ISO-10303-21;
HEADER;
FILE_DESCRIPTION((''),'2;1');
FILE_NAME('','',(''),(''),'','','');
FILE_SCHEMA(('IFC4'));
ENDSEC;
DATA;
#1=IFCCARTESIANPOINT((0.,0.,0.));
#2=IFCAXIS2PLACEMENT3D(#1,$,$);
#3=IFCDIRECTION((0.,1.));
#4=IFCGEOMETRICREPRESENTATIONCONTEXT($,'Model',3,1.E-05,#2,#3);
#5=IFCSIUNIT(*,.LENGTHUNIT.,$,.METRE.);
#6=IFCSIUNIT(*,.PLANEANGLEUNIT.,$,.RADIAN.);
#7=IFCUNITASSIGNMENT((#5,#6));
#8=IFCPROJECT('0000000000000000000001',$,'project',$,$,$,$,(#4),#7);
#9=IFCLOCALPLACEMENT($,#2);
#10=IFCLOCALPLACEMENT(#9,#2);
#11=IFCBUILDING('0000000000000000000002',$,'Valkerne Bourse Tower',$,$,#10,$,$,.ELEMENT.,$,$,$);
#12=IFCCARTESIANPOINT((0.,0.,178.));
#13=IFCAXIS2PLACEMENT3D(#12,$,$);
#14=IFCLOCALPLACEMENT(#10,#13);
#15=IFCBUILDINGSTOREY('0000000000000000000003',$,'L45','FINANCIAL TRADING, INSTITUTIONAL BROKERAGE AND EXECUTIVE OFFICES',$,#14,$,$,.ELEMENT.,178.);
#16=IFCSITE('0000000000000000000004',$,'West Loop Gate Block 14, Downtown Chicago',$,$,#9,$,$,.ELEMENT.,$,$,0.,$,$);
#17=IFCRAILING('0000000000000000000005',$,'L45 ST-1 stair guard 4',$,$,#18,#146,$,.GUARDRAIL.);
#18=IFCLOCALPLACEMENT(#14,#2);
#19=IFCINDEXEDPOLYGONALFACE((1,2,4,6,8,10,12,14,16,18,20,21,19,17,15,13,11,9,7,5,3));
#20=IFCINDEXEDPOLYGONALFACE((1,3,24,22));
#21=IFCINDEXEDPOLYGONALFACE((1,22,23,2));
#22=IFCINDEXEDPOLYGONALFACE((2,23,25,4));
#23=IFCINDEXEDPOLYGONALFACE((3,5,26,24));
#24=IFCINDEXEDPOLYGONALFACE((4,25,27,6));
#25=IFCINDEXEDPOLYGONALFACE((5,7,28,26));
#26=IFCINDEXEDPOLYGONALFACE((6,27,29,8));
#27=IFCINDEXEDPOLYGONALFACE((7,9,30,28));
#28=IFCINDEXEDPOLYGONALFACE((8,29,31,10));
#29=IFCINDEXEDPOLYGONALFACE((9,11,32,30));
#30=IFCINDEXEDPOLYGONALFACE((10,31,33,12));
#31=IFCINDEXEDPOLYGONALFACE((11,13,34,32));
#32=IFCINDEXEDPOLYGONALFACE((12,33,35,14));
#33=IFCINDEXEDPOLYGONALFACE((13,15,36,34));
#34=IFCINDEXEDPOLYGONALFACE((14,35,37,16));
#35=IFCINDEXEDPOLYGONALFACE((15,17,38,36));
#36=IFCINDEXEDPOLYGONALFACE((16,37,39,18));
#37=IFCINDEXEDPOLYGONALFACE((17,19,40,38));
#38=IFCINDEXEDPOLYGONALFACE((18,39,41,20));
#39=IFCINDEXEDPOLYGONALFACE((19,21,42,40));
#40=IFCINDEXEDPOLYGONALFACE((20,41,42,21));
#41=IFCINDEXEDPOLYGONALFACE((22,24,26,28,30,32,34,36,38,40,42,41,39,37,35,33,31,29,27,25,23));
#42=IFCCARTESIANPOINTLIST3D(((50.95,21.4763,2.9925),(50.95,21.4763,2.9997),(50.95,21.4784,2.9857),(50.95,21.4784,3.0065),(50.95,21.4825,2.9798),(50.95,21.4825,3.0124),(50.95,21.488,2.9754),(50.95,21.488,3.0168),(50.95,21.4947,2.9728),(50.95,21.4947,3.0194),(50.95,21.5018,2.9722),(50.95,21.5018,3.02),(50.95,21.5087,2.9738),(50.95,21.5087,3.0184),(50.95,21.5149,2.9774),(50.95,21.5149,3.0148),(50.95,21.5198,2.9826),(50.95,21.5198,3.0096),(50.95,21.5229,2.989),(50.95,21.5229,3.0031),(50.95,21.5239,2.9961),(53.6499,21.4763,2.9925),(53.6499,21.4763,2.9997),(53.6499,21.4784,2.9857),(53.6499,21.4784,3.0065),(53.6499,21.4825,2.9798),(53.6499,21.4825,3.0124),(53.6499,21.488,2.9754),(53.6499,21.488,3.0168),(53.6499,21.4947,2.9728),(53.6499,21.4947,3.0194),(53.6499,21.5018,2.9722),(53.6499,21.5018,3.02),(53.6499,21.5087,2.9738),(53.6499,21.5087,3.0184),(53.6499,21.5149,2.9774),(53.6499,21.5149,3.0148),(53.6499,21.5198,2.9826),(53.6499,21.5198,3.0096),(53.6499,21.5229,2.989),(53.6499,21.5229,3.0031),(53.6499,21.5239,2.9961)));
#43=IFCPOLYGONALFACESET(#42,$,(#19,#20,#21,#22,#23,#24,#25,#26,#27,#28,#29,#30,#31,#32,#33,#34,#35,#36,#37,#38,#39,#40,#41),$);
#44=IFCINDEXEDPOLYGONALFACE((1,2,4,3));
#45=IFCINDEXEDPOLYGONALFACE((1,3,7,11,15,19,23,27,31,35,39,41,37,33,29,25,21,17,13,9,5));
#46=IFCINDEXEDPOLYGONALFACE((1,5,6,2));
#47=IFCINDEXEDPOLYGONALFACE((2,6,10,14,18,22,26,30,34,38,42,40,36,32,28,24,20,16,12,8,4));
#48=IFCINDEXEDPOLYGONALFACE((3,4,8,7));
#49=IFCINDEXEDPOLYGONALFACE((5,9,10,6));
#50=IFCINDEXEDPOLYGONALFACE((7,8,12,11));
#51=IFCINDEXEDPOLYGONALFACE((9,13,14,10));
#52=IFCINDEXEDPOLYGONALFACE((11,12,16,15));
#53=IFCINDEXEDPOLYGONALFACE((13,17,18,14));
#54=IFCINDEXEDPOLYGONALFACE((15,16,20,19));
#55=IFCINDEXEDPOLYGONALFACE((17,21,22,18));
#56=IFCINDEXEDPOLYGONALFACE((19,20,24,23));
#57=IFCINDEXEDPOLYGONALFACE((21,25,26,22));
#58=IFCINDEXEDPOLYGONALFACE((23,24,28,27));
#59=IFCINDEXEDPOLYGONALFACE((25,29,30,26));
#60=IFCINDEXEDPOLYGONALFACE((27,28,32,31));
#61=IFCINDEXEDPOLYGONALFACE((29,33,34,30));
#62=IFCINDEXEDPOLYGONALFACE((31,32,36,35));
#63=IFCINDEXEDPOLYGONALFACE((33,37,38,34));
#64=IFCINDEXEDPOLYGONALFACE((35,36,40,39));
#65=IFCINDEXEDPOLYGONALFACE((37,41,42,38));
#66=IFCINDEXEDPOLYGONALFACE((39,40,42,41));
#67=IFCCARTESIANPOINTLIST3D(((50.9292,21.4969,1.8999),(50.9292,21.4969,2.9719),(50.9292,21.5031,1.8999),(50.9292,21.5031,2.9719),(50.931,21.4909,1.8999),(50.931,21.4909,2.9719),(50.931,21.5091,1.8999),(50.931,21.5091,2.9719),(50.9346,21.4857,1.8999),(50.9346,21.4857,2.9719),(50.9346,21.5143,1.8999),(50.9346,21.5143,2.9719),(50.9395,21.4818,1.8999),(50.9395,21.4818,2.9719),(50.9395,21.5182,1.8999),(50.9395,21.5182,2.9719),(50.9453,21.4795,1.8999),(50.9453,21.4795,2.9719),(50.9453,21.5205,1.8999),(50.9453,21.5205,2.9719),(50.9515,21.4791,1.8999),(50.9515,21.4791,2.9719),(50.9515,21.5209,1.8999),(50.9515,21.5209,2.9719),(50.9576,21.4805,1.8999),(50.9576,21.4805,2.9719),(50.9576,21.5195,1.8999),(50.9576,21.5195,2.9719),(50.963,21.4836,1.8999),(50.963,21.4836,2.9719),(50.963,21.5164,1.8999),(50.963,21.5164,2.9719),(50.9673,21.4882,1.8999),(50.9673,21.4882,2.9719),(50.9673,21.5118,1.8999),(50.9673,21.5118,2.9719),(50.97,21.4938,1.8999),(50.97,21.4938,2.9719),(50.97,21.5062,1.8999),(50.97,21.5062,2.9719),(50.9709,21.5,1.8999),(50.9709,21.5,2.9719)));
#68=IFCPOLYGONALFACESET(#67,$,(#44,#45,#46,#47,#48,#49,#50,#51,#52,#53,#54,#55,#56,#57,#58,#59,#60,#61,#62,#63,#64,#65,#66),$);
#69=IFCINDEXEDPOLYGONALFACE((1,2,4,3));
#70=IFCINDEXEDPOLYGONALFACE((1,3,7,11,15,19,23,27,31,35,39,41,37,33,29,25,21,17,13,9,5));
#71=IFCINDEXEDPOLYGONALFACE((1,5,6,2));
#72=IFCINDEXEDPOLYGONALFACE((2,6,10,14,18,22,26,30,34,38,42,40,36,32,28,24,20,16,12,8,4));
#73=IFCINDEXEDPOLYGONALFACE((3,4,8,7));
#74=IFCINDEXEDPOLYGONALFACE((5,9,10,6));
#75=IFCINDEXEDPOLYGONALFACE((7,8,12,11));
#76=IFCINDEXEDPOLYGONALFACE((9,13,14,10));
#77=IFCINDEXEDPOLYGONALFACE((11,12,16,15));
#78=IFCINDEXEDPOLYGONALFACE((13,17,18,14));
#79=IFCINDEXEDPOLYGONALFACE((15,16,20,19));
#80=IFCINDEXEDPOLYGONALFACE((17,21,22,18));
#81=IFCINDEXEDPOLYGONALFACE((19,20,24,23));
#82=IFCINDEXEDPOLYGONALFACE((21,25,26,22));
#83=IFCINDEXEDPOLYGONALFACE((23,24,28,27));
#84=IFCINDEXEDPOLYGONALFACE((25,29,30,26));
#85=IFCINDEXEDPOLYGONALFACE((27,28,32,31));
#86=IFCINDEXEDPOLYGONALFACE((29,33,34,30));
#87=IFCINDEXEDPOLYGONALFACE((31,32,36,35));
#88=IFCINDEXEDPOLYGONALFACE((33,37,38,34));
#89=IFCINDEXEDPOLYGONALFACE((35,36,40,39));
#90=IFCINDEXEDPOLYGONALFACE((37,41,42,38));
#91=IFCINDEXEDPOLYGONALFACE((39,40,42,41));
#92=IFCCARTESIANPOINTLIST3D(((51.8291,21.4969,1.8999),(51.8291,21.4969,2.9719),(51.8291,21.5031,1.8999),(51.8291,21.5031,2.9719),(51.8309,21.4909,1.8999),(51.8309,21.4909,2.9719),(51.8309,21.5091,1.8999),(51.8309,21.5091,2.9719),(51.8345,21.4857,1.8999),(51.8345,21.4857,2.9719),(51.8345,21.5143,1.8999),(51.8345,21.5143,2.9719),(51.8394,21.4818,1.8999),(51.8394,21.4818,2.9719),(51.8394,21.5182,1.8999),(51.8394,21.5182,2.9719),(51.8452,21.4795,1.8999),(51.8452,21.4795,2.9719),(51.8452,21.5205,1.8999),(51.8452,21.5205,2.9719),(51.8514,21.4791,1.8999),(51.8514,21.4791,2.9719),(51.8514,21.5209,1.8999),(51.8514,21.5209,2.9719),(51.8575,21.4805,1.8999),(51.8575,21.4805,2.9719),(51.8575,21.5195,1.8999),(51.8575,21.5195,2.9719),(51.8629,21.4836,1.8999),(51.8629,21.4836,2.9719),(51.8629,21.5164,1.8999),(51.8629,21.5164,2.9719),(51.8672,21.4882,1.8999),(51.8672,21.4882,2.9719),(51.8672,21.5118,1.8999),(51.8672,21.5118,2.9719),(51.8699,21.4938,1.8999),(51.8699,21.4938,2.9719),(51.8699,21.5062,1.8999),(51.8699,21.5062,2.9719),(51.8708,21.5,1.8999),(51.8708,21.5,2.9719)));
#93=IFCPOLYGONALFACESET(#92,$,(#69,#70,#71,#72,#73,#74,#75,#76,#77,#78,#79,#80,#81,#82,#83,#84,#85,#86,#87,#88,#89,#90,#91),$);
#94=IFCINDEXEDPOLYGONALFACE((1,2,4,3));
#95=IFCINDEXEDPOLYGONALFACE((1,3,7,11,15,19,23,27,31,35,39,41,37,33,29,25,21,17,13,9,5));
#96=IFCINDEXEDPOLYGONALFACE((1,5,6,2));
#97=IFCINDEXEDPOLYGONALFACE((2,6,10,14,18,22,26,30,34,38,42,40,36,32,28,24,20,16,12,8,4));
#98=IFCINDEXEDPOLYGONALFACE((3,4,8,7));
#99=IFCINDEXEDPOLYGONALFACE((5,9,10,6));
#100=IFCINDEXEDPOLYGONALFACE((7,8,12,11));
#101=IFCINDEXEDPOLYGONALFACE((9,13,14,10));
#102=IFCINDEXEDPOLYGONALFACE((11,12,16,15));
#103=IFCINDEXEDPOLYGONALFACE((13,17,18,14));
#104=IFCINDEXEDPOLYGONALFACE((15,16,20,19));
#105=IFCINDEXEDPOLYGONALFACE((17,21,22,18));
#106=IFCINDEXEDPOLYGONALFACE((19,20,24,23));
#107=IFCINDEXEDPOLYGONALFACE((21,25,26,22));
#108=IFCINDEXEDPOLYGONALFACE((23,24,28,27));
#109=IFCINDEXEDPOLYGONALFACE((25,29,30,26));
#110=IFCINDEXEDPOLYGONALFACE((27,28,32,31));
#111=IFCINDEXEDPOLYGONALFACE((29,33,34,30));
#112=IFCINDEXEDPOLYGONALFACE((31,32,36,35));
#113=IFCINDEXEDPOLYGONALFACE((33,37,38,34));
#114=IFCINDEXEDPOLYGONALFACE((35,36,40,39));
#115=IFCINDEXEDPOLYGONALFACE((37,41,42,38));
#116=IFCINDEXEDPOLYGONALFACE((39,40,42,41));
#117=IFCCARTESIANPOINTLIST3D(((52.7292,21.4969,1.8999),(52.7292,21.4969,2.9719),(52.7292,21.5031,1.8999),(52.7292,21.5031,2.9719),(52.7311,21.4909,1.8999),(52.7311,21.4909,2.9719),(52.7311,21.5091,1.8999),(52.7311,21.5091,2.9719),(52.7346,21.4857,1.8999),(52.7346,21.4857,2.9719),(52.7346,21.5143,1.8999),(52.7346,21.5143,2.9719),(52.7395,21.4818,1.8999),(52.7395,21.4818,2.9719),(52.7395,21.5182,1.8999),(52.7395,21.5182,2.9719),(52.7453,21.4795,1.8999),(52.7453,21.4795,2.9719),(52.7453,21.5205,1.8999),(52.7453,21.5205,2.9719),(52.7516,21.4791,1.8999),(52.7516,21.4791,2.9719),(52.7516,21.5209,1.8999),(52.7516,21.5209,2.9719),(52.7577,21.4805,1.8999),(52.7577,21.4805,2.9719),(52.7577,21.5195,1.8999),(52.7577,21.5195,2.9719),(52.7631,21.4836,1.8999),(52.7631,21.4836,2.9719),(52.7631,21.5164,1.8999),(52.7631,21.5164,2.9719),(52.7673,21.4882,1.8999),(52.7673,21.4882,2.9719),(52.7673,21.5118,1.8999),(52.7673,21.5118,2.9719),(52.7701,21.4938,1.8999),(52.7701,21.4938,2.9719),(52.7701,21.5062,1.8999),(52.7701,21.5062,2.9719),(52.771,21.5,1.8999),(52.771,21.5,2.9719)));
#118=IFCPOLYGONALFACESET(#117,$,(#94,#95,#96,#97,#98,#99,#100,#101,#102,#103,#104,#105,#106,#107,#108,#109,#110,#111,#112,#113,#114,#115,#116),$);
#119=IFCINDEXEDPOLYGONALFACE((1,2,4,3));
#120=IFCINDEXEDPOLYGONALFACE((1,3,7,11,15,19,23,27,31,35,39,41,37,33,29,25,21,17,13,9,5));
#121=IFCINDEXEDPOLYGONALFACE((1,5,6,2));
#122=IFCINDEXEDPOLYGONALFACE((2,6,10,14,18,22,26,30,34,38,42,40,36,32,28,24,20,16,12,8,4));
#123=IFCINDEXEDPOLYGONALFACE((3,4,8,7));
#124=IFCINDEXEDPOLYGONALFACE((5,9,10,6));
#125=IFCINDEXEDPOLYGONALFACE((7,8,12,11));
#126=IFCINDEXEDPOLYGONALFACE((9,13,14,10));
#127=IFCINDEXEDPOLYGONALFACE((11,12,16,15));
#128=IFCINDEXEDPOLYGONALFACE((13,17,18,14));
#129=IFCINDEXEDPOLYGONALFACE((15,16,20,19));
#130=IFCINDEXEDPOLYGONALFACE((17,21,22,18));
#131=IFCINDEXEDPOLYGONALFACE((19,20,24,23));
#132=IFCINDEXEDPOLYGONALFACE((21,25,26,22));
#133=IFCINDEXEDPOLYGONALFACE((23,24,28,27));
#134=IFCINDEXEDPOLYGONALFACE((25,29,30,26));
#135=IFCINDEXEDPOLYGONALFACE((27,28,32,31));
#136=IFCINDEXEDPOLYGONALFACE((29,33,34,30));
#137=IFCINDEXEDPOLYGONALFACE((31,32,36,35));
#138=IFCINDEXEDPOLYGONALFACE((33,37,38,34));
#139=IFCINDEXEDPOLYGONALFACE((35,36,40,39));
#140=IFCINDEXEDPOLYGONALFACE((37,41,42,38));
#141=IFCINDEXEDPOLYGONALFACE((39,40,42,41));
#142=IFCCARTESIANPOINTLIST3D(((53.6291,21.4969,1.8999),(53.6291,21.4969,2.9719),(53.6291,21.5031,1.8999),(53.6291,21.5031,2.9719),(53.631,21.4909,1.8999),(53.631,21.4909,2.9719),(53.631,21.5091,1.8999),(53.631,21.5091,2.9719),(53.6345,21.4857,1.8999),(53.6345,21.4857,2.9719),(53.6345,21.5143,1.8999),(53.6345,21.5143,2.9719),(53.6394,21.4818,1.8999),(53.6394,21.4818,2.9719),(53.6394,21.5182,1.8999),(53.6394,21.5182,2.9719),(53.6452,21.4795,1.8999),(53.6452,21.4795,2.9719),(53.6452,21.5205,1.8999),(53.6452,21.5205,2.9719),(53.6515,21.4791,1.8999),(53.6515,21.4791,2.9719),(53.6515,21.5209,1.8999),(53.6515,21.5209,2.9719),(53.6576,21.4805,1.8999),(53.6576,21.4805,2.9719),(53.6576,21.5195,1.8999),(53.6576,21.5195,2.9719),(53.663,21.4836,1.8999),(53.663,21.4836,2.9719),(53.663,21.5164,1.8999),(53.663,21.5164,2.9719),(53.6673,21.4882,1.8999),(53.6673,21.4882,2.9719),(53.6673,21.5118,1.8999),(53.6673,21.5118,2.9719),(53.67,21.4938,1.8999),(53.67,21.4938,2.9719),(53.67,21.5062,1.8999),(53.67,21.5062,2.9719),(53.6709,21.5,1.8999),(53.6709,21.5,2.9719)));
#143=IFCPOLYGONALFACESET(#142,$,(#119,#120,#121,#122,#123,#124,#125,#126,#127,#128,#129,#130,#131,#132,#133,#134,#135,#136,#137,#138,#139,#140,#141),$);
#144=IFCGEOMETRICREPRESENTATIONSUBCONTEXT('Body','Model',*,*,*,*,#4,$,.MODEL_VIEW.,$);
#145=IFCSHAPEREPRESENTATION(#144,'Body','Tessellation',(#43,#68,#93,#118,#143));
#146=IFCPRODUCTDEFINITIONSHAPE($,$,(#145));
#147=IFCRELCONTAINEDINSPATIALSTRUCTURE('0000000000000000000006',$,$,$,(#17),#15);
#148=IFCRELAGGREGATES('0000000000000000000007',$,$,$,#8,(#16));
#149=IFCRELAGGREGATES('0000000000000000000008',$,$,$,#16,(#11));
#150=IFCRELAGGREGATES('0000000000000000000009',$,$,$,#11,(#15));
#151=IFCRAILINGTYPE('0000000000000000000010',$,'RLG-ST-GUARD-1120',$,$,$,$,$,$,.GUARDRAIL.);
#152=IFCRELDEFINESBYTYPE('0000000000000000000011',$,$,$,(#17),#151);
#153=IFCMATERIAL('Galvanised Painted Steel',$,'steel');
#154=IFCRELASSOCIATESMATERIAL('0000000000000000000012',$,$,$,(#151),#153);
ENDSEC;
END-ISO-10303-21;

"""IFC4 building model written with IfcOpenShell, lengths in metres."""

from ifc_helpers import new_model, si_unit, direction, frame, origin, origin_2d, place, context, subcontext, project, spatial, circle, extrude, material, type_object, element, save


model = new_model("IFC4")

# Units and contexts
model_context = context("Model", 3, precision=1e-05, world=origin(), true_north=direction((0.0, 1.0)))
body_context = subcontext(model_context, "Body", "Model", "MODEL_VIEW")
ifc_project = project(units=[si_unit("LENGTHUNIT", "METRE"), si_unit("PLANEANGLEUNIT", "RADIAN")], contexts=[model_context])

# Site, building, storey
site_placement = place(None, origin())
site = spatial("IfcSite", under=ifc_project, at=site_placement, Name="West Loop Gate Block 14, Downtown Chicago", CompositionType="ELEMENT", RefElevation=0.0)
building_placement = place(site_placement, origin())
building = spatial("IfcBuilding", under=site, at=building_placement, Name="Valkerne Bourse Tower", CompositionType="ELEMENT")
storey_placement = place(building_placement, frame((0.0, 0.0, 178.0)))
storey = spatial("IfcBuildingStorey", under=building, at=storey_placement, Name="L45", Description="FINANCIAL TRADING, INSTITUTIONAL BROKERAGE AND EXECUTIVE OFFICES", CompositionType="ELEMENT", Elevation=178.0)

# Shared definitions
ifc_material_1 = material(Name="Galvanised Painted Steel", Category="steel")

# Railing
railing_type_1 = type_object("IfcRailingType", Name="RLG-ST-GUARD-1120", PredefinedType="GUARDRAIL", material=ifc_material_1)
for number, where, name in (
    (1, (50.95, 21.5, 1.8999), "L45 ST-1 stair guard 4"),
):
    element("IfcRailing", number, at=place(storey_placement, frame(where)), inside=storey, type_object=railing_type_1, Name=name, PredefinedType="GUARDRAIL", context=body_context, shape_type="SweptSolid", body=[
        extrude(circle(Radius=0.0239, at=origin_2d()), frame((0.0, 0.0, 1.0962), z_axis=(1.0, 0.0, 0.0), x_axis=(0.0, 1.0, 0.0)), (0.0, 0.0, 1.0), 2.7),
        extrude(circle(Radius=0.021, at=origin_2d()), origin(), (0.0, 0.0, 1.0), 1.072),
        extrude(circle(Radius=0.021, at=origin_2d()), frame((0.8999, 0.0, 0.0)), (0.0, 0.0, 1.0), 1.072),
        extrude(circle(Radius=0.021, at=origin_2d()), frame((1.8, 0.0, 0.0)), (0.0, 0.0, 1.0), 1.072),
        extrude(circle(Radius=0.021, at=origin_2d()), frame((2.7, 0.0, 0.0)), (0.0, 0.0, 1.0), 1.072),
    ])

save(model, "model.ifc")
